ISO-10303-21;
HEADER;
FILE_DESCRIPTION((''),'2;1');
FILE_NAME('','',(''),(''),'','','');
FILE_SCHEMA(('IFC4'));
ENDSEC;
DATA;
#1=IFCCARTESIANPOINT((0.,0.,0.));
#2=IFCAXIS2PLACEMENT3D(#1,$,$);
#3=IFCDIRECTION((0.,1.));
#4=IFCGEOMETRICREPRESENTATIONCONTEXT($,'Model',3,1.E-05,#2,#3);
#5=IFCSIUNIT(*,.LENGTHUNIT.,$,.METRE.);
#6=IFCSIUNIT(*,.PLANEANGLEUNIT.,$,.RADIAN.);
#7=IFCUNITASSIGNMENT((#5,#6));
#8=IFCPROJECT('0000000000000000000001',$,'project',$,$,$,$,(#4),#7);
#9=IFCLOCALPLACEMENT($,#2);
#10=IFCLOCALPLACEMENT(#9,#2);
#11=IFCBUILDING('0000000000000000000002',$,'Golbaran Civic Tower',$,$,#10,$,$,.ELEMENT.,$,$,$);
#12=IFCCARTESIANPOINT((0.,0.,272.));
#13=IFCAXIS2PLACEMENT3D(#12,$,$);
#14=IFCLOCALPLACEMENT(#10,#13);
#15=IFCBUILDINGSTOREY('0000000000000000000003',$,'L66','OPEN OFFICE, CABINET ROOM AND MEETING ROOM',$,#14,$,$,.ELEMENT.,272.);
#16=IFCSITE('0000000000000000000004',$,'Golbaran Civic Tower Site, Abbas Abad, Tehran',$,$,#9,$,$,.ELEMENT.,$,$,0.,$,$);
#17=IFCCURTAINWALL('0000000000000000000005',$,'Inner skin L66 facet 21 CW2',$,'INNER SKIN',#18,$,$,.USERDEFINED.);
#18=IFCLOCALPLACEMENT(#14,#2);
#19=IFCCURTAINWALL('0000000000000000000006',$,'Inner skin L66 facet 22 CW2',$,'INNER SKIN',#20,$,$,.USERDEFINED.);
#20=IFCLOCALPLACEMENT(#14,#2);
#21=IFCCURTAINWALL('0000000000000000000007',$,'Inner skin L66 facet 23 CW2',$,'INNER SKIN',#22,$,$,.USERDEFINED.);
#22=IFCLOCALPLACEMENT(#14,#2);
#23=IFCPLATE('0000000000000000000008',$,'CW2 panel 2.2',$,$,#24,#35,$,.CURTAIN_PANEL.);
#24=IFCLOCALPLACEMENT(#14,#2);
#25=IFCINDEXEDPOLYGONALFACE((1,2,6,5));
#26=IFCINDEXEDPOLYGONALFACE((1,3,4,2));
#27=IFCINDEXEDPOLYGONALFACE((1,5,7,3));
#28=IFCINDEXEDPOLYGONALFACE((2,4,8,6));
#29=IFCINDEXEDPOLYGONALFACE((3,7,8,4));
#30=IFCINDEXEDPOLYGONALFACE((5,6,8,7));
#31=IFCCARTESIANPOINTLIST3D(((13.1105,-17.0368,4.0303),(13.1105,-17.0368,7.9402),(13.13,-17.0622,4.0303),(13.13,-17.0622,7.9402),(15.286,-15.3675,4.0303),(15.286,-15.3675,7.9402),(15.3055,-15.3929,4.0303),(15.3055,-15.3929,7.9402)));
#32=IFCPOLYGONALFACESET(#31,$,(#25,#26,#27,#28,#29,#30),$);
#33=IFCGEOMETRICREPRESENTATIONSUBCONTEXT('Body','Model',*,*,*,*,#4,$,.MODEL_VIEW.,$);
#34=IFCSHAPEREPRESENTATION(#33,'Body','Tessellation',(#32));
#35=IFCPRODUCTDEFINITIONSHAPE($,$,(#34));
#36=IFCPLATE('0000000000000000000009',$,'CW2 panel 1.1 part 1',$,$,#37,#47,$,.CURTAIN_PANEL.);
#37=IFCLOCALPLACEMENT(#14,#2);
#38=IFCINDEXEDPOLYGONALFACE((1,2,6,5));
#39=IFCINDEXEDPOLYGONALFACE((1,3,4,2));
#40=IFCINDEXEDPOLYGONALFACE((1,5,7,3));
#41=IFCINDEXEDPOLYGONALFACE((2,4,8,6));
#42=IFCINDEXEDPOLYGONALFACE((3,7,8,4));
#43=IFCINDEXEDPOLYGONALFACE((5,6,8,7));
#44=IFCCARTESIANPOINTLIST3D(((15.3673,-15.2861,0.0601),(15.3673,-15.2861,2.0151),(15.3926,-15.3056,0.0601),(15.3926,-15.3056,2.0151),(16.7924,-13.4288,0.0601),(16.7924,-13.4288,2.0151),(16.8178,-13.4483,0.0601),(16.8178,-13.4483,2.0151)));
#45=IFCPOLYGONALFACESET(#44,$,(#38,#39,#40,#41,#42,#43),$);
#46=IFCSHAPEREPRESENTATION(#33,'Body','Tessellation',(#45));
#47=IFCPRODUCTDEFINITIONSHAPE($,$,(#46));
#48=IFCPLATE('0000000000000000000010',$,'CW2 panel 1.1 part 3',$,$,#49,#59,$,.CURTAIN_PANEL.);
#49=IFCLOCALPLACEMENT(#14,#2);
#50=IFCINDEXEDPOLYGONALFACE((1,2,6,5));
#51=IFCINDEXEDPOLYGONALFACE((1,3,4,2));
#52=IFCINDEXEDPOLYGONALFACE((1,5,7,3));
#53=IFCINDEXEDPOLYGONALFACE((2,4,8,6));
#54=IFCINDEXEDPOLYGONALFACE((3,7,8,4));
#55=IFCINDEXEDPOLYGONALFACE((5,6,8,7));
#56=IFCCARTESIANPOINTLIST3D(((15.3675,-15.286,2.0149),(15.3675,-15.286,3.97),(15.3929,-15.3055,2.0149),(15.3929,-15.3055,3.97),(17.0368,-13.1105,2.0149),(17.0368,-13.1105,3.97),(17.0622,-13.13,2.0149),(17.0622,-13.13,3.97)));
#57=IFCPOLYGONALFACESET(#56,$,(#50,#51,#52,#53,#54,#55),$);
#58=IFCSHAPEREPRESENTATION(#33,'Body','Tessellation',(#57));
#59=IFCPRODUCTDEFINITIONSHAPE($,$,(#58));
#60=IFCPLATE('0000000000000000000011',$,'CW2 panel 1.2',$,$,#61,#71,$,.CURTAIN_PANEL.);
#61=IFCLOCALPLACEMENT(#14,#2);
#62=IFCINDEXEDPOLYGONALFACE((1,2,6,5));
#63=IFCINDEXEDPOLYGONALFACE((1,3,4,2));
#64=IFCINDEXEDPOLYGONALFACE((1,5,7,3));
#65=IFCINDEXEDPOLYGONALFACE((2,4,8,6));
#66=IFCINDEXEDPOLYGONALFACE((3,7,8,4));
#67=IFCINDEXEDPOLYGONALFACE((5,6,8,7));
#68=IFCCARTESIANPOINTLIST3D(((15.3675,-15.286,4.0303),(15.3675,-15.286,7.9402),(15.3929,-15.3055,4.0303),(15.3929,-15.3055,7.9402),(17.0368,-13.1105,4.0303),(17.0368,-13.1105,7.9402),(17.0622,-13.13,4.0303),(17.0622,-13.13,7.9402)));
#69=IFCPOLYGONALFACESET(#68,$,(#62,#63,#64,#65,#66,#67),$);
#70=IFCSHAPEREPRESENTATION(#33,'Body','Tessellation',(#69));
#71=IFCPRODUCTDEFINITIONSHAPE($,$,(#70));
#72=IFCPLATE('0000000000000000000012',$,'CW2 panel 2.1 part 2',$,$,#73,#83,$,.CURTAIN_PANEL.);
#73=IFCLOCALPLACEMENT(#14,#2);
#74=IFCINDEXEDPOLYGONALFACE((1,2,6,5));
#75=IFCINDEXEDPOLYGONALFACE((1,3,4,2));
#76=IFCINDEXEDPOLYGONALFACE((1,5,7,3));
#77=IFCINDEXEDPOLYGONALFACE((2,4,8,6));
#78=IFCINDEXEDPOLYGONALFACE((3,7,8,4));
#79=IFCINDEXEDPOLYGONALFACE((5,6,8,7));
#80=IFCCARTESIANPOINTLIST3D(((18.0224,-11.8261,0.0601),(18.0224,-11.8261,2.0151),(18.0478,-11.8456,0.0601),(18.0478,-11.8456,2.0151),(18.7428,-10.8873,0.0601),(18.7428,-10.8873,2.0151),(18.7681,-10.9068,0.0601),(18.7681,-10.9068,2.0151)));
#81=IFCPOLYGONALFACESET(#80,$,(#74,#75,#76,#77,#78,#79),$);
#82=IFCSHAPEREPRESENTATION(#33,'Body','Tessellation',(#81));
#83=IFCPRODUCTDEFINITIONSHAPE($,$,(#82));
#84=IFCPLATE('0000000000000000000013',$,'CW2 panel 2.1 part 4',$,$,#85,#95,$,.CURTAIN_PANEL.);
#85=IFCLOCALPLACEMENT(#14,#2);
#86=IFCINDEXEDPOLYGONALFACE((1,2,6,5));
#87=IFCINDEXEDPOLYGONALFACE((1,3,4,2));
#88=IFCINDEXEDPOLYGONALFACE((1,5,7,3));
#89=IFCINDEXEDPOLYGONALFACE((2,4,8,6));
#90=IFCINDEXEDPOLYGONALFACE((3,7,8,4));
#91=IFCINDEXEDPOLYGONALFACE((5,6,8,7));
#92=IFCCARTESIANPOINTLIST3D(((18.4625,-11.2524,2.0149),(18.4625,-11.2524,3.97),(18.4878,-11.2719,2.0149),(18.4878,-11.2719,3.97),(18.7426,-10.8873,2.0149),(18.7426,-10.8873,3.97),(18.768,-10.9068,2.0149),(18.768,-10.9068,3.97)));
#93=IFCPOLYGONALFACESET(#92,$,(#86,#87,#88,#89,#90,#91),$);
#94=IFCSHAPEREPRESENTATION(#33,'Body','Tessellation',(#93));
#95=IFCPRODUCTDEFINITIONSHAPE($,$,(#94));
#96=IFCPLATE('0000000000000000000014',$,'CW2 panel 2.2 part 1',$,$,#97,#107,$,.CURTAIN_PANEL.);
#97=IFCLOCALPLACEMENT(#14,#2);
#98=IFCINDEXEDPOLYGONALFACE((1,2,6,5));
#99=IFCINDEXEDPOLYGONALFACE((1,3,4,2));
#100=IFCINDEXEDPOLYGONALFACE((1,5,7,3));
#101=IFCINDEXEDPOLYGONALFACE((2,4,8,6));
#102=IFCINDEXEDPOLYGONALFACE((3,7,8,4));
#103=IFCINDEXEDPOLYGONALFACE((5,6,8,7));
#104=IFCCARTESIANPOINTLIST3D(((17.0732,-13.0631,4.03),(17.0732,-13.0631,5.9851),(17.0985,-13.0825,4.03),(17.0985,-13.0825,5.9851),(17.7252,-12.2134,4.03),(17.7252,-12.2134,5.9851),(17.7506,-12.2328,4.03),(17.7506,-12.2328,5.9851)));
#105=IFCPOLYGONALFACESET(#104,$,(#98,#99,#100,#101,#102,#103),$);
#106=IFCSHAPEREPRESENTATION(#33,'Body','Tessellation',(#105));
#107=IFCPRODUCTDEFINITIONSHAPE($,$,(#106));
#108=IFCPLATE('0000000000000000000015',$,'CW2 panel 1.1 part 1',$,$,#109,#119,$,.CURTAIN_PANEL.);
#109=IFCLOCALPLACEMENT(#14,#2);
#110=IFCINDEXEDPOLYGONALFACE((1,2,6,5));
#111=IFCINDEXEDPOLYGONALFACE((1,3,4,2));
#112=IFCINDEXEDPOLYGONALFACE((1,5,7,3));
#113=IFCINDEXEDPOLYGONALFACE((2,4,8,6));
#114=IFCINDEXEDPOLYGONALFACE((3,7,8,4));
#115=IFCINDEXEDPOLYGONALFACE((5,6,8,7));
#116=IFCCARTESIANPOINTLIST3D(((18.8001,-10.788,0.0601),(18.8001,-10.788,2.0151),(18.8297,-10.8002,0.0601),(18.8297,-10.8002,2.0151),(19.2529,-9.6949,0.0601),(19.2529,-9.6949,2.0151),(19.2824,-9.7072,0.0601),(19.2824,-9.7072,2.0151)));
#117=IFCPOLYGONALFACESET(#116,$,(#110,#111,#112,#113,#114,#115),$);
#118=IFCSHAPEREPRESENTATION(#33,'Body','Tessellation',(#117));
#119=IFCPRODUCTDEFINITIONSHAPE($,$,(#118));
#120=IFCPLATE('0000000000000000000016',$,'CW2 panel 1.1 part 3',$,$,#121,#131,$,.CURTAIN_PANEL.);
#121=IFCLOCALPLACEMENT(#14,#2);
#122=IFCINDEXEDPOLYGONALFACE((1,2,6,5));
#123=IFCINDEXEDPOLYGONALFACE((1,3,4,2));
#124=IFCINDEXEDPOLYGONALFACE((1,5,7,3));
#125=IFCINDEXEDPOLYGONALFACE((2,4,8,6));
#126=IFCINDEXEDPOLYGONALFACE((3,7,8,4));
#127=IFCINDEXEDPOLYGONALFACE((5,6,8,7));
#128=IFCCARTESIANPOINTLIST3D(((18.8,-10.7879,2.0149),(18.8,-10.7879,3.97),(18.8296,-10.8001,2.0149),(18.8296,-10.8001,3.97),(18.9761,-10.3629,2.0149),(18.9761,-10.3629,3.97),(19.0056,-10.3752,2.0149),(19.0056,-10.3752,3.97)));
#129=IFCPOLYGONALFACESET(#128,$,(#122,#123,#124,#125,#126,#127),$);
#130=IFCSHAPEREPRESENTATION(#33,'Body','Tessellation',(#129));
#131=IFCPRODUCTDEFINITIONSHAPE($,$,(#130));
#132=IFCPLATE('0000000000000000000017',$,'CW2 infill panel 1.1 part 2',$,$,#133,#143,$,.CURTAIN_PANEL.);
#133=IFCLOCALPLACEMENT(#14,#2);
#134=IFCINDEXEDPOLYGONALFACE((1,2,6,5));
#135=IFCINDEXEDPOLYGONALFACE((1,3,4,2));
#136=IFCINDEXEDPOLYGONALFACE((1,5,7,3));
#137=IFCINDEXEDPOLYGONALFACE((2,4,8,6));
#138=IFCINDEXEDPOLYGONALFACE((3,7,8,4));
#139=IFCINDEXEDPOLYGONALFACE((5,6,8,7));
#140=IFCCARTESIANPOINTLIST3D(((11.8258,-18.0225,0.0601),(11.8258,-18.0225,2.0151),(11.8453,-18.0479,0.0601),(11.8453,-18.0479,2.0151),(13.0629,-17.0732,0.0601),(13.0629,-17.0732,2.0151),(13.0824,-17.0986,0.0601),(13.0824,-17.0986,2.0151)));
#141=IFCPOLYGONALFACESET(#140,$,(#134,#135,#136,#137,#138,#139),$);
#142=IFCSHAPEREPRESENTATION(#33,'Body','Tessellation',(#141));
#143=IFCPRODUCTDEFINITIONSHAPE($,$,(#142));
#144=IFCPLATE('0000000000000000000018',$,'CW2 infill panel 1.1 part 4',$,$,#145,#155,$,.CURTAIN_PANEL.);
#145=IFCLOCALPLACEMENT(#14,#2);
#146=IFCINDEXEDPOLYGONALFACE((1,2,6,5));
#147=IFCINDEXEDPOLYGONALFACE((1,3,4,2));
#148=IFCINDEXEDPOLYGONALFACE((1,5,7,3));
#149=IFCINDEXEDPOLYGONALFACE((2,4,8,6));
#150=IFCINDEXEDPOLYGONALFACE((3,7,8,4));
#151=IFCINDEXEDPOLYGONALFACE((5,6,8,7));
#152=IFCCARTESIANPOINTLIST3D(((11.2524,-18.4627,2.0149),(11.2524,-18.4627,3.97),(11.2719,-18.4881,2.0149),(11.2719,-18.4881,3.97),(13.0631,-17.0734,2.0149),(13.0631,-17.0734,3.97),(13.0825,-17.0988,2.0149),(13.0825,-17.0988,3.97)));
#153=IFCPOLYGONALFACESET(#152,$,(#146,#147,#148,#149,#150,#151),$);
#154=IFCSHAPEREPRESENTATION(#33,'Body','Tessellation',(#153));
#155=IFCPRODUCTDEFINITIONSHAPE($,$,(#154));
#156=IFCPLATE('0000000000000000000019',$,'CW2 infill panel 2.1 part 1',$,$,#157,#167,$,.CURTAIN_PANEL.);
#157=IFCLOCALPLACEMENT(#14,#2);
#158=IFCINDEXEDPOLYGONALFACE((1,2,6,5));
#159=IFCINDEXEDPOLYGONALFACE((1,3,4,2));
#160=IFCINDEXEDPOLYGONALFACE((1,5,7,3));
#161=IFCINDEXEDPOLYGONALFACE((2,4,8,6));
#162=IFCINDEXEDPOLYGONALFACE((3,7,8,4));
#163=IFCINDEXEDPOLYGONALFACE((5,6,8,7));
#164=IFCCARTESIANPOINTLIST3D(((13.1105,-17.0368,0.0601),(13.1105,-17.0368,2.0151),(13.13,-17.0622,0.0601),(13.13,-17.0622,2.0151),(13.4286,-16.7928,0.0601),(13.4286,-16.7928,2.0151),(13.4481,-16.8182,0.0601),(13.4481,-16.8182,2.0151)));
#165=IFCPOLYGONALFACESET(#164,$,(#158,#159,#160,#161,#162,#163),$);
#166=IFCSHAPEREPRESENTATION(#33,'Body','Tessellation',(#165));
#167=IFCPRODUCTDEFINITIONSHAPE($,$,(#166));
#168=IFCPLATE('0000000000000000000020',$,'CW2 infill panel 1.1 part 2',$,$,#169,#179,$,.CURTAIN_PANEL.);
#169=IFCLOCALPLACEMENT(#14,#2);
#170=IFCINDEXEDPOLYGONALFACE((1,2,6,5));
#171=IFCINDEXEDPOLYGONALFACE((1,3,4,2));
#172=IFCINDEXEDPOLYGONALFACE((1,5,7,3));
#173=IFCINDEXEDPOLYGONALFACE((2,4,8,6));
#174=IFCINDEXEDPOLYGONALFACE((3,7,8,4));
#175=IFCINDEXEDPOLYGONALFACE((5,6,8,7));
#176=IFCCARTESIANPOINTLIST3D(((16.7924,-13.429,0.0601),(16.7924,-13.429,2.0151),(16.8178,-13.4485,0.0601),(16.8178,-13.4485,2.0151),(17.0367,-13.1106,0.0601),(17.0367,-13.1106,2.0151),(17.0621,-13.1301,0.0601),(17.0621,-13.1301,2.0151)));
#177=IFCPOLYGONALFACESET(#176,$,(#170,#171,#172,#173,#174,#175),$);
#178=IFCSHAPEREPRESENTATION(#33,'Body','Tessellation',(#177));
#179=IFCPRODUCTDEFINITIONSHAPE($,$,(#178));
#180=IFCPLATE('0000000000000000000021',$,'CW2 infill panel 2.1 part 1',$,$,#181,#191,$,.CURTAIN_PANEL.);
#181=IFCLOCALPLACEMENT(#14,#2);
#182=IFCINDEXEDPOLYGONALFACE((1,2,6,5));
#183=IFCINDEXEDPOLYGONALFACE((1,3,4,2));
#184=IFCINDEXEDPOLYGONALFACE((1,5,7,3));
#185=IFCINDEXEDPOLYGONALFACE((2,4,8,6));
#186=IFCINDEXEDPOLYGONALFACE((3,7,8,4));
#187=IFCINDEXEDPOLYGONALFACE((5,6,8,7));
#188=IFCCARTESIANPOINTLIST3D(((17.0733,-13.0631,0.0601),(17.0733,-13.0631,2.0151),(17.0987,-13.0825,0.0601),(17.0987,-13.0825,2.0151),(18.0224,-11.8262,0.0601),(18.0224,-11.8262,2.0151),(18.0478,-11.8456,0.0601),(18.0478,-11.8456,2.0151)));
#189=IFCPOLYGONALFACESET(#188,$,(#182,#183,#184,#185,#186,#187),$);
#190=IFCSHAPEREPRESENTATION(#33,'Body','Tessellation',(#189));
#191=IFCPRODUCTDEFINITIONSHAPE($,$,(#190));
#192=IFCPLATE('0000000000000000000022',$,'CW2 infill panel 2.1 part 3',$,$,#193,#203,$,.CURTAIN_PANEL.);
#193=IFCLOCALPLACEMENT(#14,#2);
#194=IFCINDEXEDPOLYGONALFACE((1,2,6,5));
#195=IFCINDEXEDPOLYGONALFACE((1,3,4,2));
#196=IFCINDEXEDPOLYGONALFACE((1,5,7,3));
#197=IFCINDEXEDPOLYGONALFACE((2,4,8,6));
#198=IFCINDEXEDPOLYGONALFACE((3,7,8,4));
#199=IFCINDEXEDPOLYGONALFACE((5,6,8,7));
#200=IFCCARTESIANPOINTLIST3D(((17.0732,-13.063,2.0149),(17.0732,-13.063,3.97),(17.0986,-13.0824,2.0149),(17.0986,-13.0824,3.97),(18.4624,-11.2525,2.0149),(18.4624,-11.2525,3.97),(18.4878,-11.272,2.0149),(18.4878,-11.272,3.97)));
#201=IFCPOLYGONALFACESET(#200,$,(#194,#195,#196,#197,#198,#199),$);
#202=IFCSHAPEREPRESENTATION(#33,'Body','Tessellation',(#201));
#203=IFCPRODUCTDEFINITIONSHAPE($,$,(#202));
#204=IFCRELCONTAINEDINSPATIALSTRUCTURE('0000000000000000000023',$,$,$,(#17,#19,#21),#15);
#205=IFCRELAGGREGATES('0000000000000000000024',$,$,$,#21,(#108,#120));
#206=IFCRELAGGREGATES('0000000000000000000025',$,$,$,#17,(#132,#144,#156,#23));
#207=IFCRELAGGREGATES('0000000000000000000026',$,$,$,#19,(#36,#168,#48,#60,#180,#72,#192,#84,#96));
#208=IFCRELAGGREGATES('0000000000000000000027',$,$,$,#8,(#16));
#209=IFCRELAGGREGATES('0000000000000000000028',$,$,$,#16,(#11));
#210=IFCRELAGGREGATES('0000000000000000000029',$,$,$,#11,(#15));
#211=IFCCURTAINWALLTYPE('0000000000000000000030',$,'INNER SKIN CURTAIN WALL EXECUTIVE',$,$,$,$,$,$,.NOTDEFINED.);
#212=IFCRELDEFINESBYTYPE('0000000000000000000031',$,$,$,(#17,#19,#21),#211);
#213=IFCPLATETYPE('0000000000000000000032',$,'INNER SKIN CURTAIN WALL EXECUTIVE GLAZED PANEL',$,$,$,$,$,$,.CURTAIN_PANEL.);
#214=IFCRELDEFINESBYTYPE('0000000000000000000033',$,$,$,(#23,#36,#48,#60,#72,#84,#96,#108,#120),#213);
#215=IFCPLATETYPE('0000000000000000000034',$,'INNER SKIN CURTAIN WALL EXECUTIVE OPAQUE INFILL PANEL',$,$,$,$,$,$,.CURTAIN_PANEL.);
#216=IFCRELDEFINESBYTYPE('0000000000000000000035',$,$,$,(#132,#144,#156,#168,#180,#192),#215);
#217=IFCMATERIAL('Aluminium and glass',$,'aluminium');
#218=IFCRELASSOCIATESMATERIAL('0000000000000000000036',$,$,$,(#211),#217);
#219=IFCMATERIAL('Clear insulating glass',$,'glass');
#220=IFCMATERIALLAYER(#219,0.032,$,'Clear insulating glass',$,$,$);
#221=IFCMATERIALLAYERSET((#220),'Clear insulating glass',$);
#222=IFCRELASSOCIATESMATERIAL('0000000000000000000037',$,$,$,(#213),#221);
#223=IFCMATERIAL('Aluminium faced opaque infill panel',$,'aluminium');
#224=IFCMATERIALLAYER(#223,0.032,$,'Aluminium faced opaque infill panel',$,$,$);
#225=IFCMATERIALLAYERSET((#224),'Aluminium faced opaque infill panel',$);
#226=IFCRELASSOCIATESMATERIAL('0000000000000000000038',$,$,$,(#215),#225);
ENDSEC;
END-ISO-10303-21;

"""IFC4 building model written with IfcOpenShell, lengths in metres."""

from ifc_helpers import new_model, si_unit, direction, frame, origin, origin_2d, place, context, subcontext, project, spatial, rectangle, extrude, material, layer, layer_set, type_object, element, aggregate, save


model = new_model("IFC4")

# Units and contexts
model_context = context("Model", 3, precision=1e-05, world=origin(), true_north=direction((0.0, 1.0)))
body_context = subcontext(model_context, "Body", "Model", "MODEL_VIEW")
ifc_project = project(units=[si_unit("LENGTHUNIT", "METRE"), si_unit("PLANEANGLEUNIT", "RADIAN")], contexts=[model_context])

# Site, building, storey
site_placement = place(None, origin())
site = spatial("IfcSite", under=ifc_project, at=site_placement, Name="Golbaran Civic Tower Site, Abbas Abad, Tehran", CompositionType="ELEMENT", RefElevation=0.0)
building_placement = place(site_placement, origin())
building = spatial("IfcBuilding", under=site, at=building_placement, Name="Golbaran Civic Tower", CompositionType="ELEMENT")
storey_placement = place(building_placement, frame((0.0, 0.0, 272.0)))
storey = spatial("IfcBuildingStorey", under=building, at=storey_placement, Name="L66", Description="OPEN OFFICE, CABINET ROOM AND MEETING ROOM", CompositionType="ELEMENT", Elevation=272.0)

# Curtain walls
ifc_material_1 = material(Name="Aluminium and glass", Category="aluminium")
curtain_wall_type = type_object("IfcCurtainWallType", Name="INNER SKIN CURTAIN WALL EXECUTIVE", PredefinedType="NOTDEFINED", material=ifc_material_1)
curtain_wall_1_placement = place(storey_placement, origin())
curtain_wall_1 = element("IfcCurtainWall", 1, at=curtain_wall_1_placement, inside=storey, type_object=curtain_wall_type, Name="Inner skin L66 facet 21 CW2", ObjectType="INNER SKIN", PredefinedType="USERDEFINED")
curtain_wall_2_placement = place(storey_placement, origin())
curtain_wall_2 = element("IfcCurtainWall", 2, at=curtain_wall_2_placement, inside=storey, type_object=curtain_wall_type, Name="Inner skin L66 facet 22 CW2", ObjectType="INNER SKIN", PredefinedType="USERDEFINED")

# Curtain wall
curtain_wall_3_placement = place(storey_placement, origin())
curtain_wall_3 = element("IfcCurtainWall", 3, at=curtain_wall_3_placement, inside=storey, type_object=curtain_wall_type, Name="Inner skin L66 facet 23 CW2", ObjectType="INNER SKIN", PredefinedType="USERDEFINED")

# Plates
ifc_material_2 = material(Name="Clear insulating glass", Category="glass")
ifc_layer_1 = layer(ifc_material_2, 0.032, Name="Clear insulating glass")
ifc_layer_set_1 = layer_set([ifc_layer_1], Name="Clear insulating glass")
plate_type_1 = type_object("IfcPlateType", Name="INNER SKIN CURTAIN WALL EXECUTIVE GLAZED PANEL", PredefinedType="CURTAIN_PANEL", material=ifc_layer_set_1)
plate_1_placement = place(storey_placement, frame((14.208, -16.2148, 4.0303), z_axis=(0.0, 0.0, 1.0), x_axis=(0.793353, 0.608761, 0.0)))
plate_1 = element("IfcPlate", 4, at=plate_1_placement, type_object=plate_type_1, Name="CW2 panel 2.2", PredefinedType="CURTAIN_PANEL", context=body_context, shape_type="SweptSolid", body=[
    extrude(rectangle(XDim=2.7422, YDim=0.032, at=origin_2d()), origin(), (0.0, 0.0, 1.0), 3.9099),
])
plate_2_placement = place(storey_placement, frame((16.0925, -14.3672, 0.0601), z_axis=(0.0, 0.0, 1.0), x_axis=(0.608761, 0.793353, 0.0)))
plate_2 = element("IfcPlate", 5, at=plate_2_placement, type_object=plate_type_1, Name="CW2 panel 1.1 part 1", PredefinedType="CURTAIN_PANEL", context=body_context, shape_type="SweptSolid", body=[
    extrude(rectangle(XDim=2.3411, YDim=0.032, at=origin_2d()), origin(), (0.0, 0.0, 1.0), 1.9551),
])
plate_3_placement = place(storey_placement, frame((16.2148, -14.208, 2.0149), z_axis=(0.0, 0.0, 1.0), x_axis=(0.608761, 0.793353, 0.0)))
plate_3 = element("IfcPlate", 6, at=plate_3_placement, type_object=plate_type_1, Name="CW2 panel 1.1 part 3", PredefinedType="CURTAIN_PANEL", context=body_context, shape_type="SweptSolid", body=[
    extrude(rectangle(XDim=2.7422, YDim=0.032, at=origin_2d()), origin(), (0.0, 0.0, 1.0), 1.9551),
])
plate_4_placement = place(storey_placement, frame((16.2148, -14.208, 4.0303), z_axis=(0.0, 0.0, 1.0), x_axis=(0.608761, 0.793353, 0.0)))
plate_4 = element("IfcPlate", 7, at=plate_4_placement, type_object=plate_type_1, Name="CW2 panel 1.2", PredefinedType="CURTAIN_PANEL", context=body_context, shape_type="SweptSolid", body=[
    extrude(rectangle(XDim=2.7422, YDim=0.032, at=origin_2d()), origin(), (0.0, 0.0, 1.0), 3.9099),
])
plate_5_placement = place(storey_placement, frame((18.3953, -11.3665, 0.0601), z_axis=(0.0, 0.0, 1.0), x_axis=(0.608761, 0.793353, 0.0)))
plate_5 = element("IfcPlate", 8, at=plate_5_placement, type_object=plate_type_1, Name="CW2 panel 2.1 part 2", PredefinedType="CURTAIN_PANEL", context=body_context, shape_type="SweptSolid", body=[
    extrude(rectangle(XDim=1.1833, YDim=0.032, at=origin_2d()), origin(), (0.0, 0.0, 1.0), 1.9551),
])
plate_6_placement = place(storey_placement, frame((18.6152, -11.0796, 2.0149), z_axis=(0.0, 0.0, 1.0), x_axis=(0.608761, 0.793353, 0.0)))
plate_6 = element("IfcPlate", 9, at=plate_6_placement, type_object=plate_type_1, Name="CW2 panel 2.1 part 4", PredefinedType="CURTAIN_PANEL", context=body_context, shape_type="SweptSolid", body=[
    extrude(rectangle(XDim=0.4602, YDim=0.032, at=origin_2d()), origin(), (0.0, 0.0, 1.0), 1.9551),
])
plate_7_placement = place(storey_placement, frame((17.4119, -12.6479, 4.03), z_axis=(0.0, 0.0, 1.0), x_axis=(0.608761, 0.793353, 0.0)))
plate_7 = element("IfcPlate", 10, at=plate_7_placement, type_object=plate_type_1, Name="CW2 panel 2.2 part 1", PredefinedType="CURTAIN_PANEL", context=body_context, shape_type="SweptSolid", body=[
    extrude(rectangle(XDim=1.071, YDim=0.032, at=origin_2d()), origin(), (0.0, 0.0, 1.0), 1.9551),
])
plate_8_placement = place(storey_placement, frame((19.0413, -10.2476, 0.0601), z_axis=(0.0, 0.0, 1.0), x_axis=(0.382683, 0.92388, 0.0)))
plate_8 = element("IfcPlate", 11, at=plate_8_placement, type_object=plate_type_1, Name="CW2 panel 1.1 part 1", PredefinedType="CURTAIN_PANEL", context=body_context, shape_type="SweptSolid", body=[
    extrude(rectangle(XDim=1.1831, YDim=0.032, at=origin_2d()), origin(), (0.0, 0.0, 1.0), 1.9551),
])
plate_9_placement = place(storey_placement, frame((18.9028, -10.5815, 2.0149), z_axis=(0.0, 0.0, 1.0), x_axis=(0.382683, 0.92388, 0.0)))
plate_9 = element("IfcPlate", 12, at=plate_9_placement, type_object=plate_type_1, Name="CW2 panel 1.1 part 3", PredefinedType="CURTAIN_PANEL", context=body_context, shape_type="SweptSolid", body=[
    extrude(rectangle(XDim=0.46, YDim=0.032, at=origin_2d()), origin(), (0.0, 0.0, 1.0), 1.9551),
])
aggregate(curtain_wall_3, [plate_8, plate_9])
ifc_material_3 = material(Name="Aluminium faced opaque infill panel", Category="aluminium")
ifc_layer_2 = layer(ifc_material_3, 0.032, Name="Aluminium faced opaque infill panel")
ifc_layer_set_2 = layer_set([ifc_layer_2], Name="Aluminium faced opaque infill panel")
plate_type_2 = type_object("IfcPlateType", Name="INNER SKIN CURTAIN WALL EXECUTIVE OPAQUE INFILL PANEL", PredefinedType="CURTAIN_PANEL", material=ifc_layer_set_2)
plate_10_placement = place(storey_placement, frame((12.4541, -17.5605, 0.0601), z_axis=(0.0, 0.0, 1.0), x_axis=(0.793353, 0.608761, 0.0)))
plate_10 = element("IfcPlate", 13, at=plate_10_placement, type_object=plate_type_2, Name="CW2 infill panel 1.1 part 2", PredefinedType="CURTAIN_PANEL", context=body_context, shape_type="SweptSolid", body=[
    extrude(rectangle(XDim=1.5593, YDim=0.032, at=origin_2d()), origin(), (0.0, 0.0, 1.0), 1.9551),
])
plate_11_placement = place(storey_placement, frame((12.1675, -17.7808, 2.0149), z_axis=(0.0, 0.0, 1.0), x_axis=(0.793353, 0.608761, 0.0)))
plate_11 = element("IfcPlate", 14, at=plate_11_placement, type_object=plate_type_2, Name="CW2 infill panel 1.1 part 4", PredefinedType="CURTAIN_PANEL", context=body_context, shape_type="SweptSolid", body=[
    extrude(rectangle(XDim=2.2822, YDim=0.032, at=origin_2d()), origin(), (0.0, 0.0, 1.0), 1.9551),
])
plate_12_placement = place(storey_placement, frame((13.2793, -16.9275, 0.0601), z_axis=(0.0, 0.0, 1.0), x_axis=(0.793353, 0.608761, 0.0)))
plate_12 = element("IfcPlate", 15, at=plate_12_placement, type_object=plate_type_2, Name="CW2 infill panel 2.1 part 1", PredefinedType="CURTAIN_PANEL", context=body_context, shape_type="SweptSolid", body=[
    extrude(rectangle(XDim=0.4009, YDim=0.032, at=origin_2d()), origin(), (0.0, 0.0, 1.0), 1.9551),
])
aggregate(curtain_wall_1, [plate_10, plate_11, plate_12, plate_1])
plate_13_placement = place(storey_placement, frame((16.9272, -13.2795, 0.0601), z_axis=(0.0, 0.0, 1.0), x_axis=(0.608761, 0.793353, 0.0)))
plate_13 = element("IfcPlate", 16, at=plate_13_placement, type_object=plate_type_2, Name="CW2 infill panel 1.1 part 2", PredefinedType="CURTAIN_PANEL", context=body_context, shape_type="SweptSolid", body=[
    extrude(rectangle(XDim=0.4014, YDim=0.032, at=origin_2d()), origin(), (0.0, 0.0, 1.0), 1.9551),
])
plate_14_placement = place(storey_placement, frame((17.5605, -12.4543, 0.0601), z_axis=(0.0, 0.0, 1.0), x_axis=(0.608761, 0.793353, 0.0)))
plate_14 = element("IfcPlate", 17, at=plate_14_placement, type_object=plate_type_2, Name="CW2 infill panel 2.1 part 1", PredefinedType="CURTAIN_PANEL", context=body_context, shape_type="SweptSolid", body=[
    extrude(rectangle(XDim=1.5591, YDim=0.032, at=origin_2d()), origin(), (0.0, 0.0, 1.0), 1.9551),
])
plate_15_placement = place(storey_placement, frame((17.7805, -12.1675, 2.0149), z_axis=(0.0, 0.0, 1.0), x_axis=(0.608761, 0.793353, 0.0)))
plate_15 = element("IfcPlate", 18, at=plate_15_placement, type_object=plate_type_2, Name="CW2 infill panel 2.1 part 3", PredefinedType="CURTAIN_PANEL", context=body_context, shape_type="SweptSolid", body=[
    extrude(rectangle(XDim=2.282, YDim=0.032, at=origin_2d()), origin(), (0.0, 0.0, 1.0), 1.9551),
])
aggregate(curtain_wall_2, [plate_2, plate_13, plate_3, plate_4, plate_14, plate_5, plate_15, plate_6, plate_7])

save(model, "model.ifc")
